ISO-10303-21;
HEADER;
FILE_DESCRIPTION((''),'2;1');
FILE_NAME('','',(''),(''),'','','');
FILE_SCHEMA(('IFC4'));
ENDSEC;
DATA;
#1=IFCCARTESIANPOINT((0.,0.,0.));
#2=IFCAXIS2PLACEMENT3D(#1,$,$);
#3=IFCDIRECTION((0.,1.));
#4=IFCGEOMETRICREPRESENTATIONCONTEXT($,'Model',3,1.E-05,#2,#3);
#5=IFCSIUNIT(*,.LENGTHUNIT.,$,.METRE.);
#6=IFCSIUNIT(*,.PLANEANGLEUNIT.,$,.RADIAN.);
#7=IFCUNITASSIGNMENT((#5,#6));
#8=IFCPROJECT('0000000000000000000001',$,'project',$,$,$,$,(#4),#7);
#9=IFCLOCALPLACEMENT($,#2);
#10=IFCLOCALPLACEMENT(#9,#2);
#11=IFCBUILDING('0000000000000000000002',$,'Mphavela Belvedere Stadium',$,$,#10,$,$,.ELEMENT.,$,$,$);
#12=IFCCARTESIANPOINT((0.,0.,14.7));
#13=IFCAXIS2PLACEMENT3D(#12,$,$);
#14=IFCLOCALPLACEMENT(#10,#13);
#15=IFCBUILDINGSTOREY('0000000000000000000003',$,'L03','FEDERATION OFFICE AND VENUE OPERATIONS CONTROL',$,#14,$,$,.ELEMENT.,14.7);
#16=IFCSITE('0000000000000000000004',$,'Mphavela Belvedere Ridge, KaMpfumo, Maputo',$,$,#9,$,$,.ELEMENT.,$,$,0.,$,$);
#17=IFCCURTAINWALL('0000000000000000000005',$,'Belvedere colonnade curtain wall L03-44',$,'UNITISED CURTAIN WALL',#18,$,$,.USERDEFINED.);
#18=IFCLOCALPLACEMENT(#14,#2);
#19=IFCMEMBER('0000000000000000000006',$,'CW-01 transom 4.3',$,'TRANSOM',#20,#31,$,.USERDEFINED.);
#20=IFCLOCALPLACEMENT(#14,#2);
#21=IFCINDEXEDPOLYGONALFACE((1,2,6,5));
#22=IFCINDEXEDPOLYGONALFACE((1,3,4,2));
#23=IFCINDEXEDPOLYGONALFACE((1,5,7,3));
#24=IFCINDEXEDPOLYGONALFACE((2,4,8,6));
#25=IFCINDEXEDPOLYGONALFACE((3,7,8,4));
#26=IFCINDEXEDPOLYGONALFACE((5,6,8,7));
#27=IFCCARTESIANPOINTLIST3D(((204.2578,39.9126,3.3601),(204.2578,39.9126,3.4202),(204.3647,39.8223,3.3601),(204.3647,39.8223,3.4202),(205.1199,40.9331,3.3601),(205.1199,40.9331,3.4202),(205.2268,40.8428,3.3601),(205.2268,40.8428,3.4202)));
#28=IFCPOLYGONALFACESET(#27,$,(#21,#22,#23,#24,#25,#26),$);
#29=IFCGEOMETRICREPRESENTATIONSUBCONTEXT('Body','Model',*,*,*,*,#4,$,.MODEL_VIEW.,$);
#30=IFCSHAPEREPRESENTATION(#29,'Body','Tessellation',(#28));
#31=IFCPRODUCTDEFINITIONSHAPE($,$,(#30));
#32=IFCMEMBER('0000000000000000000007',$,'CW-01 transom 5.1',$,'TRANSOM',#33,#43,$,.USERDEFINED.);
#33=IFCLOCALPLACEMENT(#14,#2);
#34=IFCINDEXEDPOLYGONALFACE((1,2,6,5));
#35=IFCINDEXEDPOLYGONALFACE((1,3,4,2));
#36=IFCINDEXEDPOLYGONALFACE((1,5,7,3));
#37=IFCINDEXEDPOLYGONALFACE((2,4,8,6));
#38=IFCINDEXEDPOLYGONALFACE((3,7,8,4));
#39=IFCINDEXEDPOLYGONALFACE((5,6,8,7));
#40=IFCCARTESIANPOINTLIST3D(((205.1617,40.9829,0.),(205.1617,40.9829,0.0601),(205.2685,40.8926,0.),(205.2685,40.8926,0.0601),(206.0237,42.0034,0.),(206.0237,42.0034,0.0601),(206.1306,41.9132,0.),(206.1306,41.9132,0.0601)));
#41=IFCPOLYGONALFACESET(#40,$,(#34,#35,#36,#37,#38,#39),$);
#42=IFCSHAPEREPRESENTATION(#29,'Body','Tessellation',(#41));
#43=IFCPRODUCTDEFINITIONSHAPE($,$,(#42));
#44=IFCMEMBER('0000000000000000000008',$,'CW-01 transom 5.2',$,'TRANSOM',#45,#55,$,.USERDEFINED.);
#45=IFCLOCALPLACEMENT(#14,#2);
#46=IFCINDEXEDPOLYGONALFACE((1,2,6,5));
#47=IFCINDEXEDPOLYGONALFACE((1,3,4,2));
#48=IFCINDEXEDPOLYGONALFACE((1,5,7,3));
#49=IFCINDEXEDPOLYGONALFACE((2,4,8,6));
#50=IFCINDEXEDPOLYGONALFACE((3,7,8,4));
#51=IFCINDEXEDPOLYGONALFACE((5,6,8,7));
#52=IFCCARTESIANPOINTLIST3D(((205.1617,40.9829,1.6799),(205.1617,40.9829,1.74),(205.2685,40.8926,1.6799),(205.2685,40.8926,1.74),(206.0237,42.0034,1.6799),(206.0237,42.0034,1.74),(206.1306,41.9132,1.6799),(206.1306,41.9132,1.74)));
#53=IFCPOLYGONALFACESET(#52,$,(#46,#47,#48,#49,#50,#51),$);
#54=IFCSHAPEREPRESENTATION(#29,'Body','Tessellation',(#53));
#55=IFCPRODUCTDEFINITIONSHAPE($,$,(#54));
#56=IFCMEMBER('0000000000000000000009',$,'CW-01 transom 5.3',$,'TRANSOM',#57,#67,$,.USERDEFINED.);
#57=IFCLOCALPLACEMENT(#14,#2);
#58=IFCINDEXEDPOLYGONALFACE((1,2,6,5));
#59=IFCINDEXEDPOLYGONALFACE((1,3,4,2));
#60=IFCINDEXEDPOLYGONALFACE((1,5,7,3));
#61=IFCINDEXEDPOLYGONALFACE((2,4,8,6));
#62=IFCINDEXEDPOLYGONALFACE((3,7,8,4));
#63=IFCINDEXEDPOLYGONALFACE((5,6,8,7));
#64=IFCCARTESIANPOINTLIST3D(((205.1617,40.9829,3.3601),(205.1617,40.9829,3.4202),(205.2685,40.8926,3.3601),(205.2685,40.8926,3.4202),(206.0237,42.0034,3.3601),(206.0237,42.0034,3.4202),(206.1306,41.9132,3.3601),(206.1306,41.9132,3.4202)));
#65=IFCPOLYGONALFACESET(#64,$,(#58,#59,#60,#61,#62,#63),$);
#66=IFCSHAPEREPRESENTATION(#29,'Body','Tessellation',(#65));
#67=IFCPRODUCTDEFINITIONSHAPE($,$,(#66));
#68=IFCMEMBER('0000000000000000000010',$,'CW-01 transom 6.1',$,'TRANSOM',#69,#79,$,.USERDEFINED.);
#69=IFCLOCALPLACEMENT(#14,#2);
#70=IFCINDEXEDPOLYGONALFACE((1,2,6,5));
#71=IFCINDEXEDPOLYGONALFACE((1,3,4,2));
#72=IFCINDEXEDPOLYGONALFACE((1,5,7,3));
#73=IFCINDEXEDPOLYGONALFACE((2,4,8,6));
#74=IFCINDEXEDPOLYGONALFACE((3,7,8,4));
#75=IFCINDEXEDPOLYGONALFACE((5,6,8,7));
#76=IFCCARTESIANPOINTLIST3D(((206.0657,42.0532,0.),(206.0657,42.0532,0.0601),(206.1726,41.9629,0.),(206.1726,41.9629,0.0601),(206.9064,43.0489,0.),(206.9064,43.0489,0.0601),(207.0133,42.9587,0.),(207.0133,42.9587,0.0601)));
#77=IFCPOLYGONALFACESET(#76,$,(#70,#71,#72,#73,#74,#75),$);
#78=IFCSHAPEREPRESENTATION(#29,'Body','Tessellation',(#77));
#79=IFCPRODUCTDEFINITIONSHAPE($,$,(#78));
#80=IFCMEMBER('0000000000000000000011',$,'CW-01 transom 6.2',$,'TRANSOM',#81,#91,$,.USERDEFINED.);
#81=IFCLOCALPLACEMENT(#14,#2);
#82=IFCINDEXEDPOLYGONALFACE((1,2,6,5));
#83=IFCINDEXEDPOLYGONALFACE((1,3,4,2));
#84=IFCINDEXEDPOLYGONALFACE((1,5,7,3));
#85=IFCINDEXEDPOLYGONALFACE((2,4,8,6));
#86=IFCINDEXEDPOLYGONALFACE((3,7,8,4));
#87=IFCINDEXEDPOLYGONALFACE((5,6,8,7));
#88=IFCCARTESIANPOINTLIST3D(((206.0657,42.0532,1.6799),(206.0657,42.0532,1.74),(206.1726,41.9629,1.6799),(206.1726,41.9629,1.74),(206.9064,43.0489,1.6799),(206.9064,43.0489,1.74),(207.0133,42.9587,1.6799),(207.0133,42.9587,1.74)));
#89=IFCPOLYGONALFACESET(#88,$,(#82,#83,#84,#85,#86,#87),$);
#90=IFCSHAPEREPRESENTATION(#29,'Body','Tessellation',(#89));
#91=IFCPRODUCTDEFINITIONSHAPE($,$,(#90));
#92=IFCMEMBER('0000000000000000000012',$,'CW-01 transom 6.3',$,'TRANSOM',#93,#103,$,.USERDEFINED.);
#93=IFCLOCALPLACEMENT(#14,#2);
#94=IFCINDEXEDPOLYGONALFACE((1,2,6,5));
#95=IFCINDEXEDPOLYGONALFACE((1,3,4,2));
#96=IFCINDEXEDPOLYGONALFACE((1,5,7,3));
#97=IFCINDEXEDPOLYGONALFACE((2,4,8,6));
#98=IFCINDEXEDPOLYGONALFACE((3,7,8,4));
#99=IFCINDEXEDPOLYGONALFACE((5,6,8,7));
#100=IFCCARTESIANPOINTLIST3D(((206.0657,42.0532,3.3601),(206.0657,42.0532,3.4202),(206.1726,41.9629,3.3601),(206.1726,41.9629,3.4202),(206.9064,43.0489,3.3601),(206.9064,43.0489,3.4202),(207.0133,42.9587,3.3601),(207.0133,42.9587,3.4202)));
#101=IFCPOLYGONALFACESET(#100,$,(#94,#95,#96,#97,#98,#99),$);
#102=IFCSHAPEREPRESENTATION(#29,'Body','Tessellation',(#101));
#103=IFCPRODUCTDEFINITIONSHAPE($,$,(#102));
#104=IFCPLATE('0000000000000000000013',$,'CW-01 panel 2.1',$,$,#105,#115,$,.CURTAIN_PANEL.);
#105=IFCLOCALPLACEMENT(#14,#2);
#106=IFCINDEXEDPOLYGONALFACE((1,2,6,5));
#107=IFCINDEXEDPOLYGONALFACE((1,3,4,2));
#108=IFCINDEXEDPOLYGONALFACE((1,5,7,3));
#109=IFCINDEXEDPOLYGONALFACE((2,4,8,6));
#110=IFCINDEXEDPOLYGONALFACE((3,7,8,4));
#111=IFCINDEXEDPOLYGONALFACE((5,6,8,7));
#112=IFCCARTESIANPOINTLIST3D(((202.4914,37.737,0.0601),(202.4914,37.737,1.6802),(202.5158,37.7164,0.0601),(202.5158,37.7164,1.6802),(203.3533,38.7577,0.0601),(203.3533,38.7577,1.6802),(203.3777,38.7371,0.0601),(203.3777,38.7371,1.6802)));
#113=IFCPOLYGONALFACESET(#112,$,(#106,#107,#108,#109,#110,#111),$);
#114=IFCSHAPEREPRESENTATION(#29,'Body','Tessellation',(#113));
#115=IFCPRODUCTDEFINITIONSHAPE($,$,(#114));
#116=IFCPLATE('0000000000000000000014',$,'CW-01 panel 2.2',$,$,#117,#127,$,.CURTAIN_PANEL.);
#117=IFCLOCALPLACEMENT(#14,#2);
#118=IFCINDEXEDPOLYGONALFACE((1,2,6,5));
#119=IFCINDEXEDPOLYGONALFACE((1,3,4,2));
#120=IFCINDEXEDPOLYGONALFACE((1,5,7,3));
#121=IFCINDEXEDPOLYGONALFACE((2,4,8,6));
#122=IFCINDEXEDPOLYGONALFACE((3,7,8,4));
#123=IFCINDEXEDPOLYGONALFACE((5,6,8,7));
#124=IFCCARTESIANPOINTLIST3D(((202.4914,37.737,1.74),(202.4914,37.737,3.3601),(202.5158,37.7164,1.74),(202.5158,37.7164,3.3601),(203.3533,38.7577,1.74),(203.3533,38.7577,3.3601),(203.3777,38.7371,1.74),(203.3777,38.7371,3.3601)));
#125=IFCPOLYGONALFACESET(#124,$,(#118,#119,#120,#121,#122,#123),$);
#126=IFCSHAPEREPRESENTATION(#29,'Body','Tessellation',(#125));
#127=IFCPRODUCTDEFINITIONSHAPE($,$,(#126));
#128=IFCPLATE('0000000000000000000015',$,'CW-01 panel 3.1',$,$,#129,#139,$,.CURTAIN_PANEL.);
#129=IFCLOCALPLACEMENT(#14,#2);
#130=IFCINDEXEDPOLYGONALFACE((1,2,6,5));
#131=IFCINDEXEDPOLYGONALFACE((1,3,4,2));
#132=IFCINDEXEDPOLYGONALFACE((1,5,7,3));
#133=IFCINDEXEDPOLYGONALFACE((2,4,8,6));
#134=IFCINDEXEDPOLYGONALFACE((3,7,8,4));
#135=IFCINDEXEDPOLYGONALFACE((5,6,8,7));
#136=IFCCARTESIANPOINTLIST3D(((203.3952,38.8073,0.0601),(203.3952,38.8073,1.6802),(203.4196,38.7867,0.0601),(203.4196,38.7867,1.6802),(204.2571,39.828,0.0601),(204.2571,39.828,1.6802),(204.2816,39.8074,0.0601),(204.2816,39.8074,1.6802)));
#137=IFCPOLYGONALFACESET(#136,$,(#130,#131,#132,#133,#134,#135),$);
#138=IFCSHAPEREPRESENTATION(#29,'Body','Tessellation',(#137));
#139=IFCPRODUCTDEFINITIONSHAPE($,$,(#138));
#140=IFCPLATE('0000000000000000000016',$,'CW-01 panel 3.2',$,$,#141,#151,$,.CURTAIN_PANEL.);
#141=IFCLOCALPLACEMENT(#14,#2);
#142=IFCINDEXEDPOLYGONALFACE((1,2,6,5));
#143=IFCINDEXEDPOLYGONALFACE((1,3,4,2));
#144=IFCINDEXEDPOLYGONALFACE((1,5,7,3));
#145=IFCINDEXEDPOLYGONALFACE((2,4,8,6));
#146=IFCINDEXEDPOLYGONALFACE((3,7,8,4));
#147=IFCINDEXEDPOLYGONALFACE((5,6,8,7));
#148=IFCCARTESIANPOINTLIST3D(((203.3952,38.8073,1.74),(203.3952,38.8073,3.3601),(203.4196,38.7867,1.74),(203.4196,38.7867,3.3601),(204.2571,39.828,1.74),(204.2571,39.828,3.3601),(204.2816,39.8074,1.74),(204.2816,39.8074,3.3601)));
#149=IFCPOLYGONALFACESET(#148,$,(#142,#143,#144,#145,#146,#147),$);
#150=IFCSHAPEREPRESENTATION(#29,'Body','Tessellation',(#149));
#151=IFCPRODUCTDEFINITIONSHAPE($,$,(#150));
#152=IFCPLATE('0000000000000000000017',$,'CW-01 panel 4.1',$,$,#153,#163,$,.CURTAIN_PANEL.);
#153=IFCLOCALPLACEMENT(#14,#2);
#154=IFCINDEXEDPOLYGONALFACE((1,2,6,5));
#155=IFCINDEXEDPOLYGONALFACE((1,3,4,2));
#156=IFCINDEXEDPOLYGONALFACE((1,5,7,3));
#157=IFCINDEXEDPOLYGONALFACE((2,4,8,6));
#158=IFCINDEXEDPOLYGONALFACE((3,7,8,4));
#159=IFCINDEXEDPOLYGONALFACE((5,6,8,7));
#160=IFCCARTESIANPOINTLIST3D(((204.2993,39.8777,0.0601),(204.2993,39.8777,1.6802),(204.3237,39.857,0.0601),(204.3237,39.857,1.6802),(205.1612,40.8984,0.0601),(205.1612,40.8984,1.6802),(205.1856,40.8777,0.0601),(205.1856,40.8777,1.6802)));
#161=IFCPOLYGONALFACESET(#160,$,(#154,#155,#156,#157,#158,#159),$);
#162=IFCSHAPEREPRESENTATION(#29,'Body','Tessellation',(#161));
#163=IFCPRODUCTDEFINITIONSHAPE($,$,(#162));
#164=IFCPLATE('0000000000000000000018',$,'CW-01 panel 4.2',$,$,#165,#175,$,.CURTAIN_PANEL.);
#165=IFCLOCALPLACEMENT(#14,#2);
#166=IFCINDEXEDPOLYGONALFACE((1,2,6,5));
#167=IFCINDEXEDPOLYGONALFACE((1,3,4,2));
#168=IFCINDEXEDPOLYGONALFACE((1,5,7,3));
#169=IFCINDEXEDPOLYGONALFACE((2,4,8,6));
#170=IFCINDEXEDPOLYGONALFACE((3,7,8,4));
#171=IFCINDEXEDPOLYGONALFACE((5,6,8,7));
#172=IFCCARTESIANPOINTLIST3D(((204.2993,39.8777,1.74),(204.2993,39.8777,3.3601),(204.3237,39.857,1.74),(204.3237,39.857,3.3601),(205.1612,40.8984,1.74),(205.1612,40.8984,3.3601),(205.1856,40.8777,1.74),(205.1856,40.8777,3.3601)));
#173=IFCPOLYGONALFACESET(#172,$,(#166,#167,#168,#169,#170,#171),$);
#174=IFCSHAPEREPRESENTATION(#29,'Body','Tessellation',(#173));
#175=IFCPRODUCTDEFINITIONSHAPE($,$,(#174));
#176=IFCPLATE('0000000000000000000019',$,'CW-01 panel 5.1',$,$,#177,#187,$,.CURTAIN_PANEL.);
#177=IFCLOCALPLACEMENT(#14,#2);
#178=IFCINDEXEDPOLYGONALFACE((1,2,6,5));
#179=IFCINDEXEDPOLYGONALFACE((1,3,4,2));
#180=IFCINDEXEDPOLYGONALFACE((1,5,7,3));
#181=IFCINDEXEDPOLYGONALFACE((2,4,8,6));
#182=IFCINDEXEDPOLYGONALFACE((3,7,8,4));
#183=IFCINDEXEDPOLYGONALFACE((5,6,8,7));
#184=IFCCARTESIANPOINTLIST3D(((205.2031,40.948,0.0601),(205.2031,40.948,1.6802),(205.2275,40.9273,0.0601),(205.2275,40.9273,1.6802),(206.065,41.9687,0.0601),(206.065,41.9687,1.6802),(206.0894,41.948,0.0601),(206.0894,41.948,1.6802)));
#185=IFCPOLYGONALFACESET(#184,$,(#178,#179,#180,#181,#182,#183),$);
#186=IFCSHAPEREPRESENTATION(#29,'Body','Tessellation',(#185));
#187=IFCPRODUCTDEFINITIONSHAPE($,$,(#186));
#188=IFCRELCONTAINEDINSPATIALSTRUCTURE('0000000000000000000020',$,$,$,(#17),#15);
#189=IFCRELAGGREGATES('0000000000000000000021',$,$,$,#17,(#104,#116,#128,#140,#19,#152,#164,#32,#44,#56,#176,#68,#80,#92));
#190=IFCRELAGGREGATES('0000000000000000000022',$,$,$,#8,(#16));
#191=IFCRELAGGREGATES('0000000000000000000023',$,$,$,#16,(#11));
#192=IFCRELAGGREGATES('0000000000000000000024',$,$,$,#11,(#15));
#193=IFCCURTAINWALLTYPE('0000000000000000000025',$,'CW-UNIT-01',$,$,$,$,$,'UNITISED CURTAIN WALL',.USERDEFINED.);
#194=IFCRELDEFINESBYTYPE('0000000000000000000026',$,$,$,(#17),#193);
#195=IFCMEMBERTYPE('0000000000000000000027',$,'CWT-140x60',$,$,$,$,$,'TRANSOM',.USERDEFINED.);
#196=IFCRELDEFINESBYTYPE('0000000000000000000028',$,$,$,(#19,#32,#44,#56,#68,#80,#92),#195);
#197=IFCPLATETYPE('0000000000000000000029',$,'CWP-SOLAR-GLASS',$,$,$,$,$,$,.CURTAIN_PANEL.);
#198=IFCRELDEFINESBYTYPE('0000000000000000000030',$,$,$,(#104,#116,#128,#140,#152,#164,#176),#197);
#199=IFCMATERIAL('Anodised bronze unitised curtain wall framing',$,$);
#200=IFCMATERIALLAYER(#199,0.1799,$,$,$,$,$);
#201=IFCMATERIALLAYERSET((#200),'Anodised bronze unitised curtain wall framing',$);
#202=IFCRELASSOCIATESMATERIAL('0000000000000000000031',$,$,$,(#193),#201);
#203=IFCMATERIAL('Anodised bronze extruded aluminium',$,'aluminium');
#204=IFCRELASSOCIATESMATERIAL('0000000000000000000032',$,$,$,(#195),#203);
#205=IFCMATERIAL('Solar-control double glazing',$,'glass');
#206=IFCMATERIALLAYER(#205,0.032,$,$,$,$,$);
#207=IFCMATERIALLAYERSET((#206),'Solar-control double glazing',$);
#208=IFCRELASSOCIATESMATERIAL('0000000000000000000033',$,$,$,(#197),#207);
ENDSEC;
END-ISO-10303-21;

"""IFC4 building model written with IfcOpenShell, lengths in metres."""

from ifc_helpers import new_model, si_unit, direction, frame, origin, origin_2d, place, context, subcontext, project, spatial, rectangle, extrude, material, layer, layer_set, material_profile, profile_set, type_object, element, aggregate, save


model = new_model("IFC4")

# Units and contexts
model_context = context("Model", 3, precision=1e-05, world=origin(), true_north=direction((0.0, 1.0)))
body_context = subcontext(model_context, "Body", "Model", "MODEL_VIEW")
ifc_project = project(units=[si_unit("LENGTHUNIT", "METRE"), si_unit("PLANEANGLEUNIT", "RADIAN")], contexts=[model_context])

# Site, building, storey
site_placement = place(None, origin())
site = spatial("IfcSite", under=ifc_project, at=site_placement, Name="Mphavela Belvedere Ridge, KaMpfumo, Maputo", CompositionType="ELEMENT", RefElevation=0.0)
building_placement = place(site_placement, origin())
building = spatial("IfcBuilding", under=site, at=building_placement, Name="Mphavela Belvedere Stadium", CompositionType="ELEMENT")
storey_placement = place(building_placement, frame((0.0, 0.0, 14.7)))
storey = spatial("IfcBuildingStorey", under=building, at=storey_placement, Name="L03", Description="FEDERATION OFFICE AND VENUE OPERATIONS CONTROL", CompositionType="ELEMENT", Elevation=14.7)

# Curtain wall, members, plates
ifc_material_1 = material(Name="Anodised bronze unitised curtain wall framing")
ifc_layer_1 = layer(ifc_material_1, 0.1799)
ifc_layer_set_1 = layer_set([ifc_layer_1], Name="Anodised bronze unitised curtain wall framing")
curtain_wall_type = type_object("IfcCurtainWallType", Name="CW-UNIT-01", ElementType="UNITISED CURTAIN WALL", PredefinedType="USERDEFINED", material=ifc_layer_set_1)
curtain_wall_placement = place(storey_placement, origin())
curtain_wall = element("IfcCurtainWall", 1, at=curtain_wall_placement, inside=storey, type_object=curtain_wall_type, Name="Belvedere colonnade curtain wall L03-44", ObjectType="UNITISED CURTAIN WALL", PredefinedType="USERDEFINED")
ifc_material_2 = material(Name="Anodised bronze extruded aluminium", Category="aluminium")
ifc_material_profile_1 = material_profile(ifc_material_2, rectangle(XDim=0.1399, YDim=0.0601, at=origin_2d()), Name="CW-TRN 140x60")
ifc_profile_set_1 = profile_set([ifc_material_profile_1], Name="Anodised bronze extruded aluminium")
member_type_1 = type_object("IfcMemberType", Name="CWT-140x60", ElementType="TRANSOM", PredefinedType="USERDEFINED", material=ifc_profile_set_1)
member_1_placement = place(storey_placement, frame((204.3113, 39.8674, 3.3901), z_axis=(0.645311, 0.76392, 0.0), x_axis=(-0.76392, 0.645311, 0.0)))
member_1 = element("IfcMember", 2, at=member_1_placement, type_object=member_type_1, Name="CW-01 transom 4.3", ObjectType="TRANSOM", PredefinedType="USERDEFINED", context=body_context, shape_type="SweptSolid", body=[
    extrude(rectangle(XDim=0.1399, YDim=0.0601, at=origin_2d()), origin(), (0.0, 0.0, 1.0), 1.3359),
])
member_2_placement = place(storey_placement, frame((205.2151, 40.9377, 0.03), z_axis=(0.645311, 0.76392, 0.0), x_axis=(-0.76392, 0.645311, 0.0)))
member_2 = element("IfcMember", 3, at=member_2_placement, type_object=member_type_1, Name="CW-01 transom 5.1", ObjectType="TRANSOM", PredefinedType="USERDEFINED", context=body_context, shape_type="SweptSolid", body=[
    extrude(rectangle(XDim=0.1399, YDim=0.0601, at=origin_2d()), origin(), (0.0, 0.0, 1.0), 1.3359),
])
member_3_placement = place(storey_placement, frame((205.2151, 40.9377, 1.71), z_axis=(0.645311, 0.76392, 0.0), x_axis=(-0.76392, 0.645311, 0.0)))
member_3 = element("IfcMember", 4, at=member_3_placement, type_object=member_type_1, Name="CW-01 transom 5.2", ObjectType="TRANSOM", PredefinedType="USERDEFINED", context=body_context, shape_type="SweptSolid", body=[
    extrude(rectangle(XDim=0.1399, YDim=0.0601, at=origin_2d()), origin(), (0.0, 0.0, 1.0), 1.3359),
])
member_4_placement = place(storey_placement, frame((205.2151, 40.9377, 3.3901), z_axis=(0.645311, 0.76392, 0.0), x_axis=(-0.76392, 0.645311, 0.0)))
member_4 = element("IfcMember", 5, at=member_4_placement, type_object=member_type_1, Name="CW-01 transom 5.3", ObjectType="TRANSOM", PredefinedType="USERDEFINED", context=body_context, shape_type="SweptSolid", body=[
    extrude(rectangle(XDim=0.1399, YDim=0.0601, at=origin_2d()), origin(), (0.0, 0.0, 1.0), 1.3359),
])
member_5_placement = place(storey_placement, frame((206.1191, 42.0081, 0.03), z_axis=(0.645127, 0.764075, 0.0), x_axis=(-0.764075, 0.645127, 0.0)))
member_5 = element("IfcMember", 6, at=member_5_placement, type_object=member_type_1, Name="CW-01 transom 6.1", ObjectType="TRANSOM", PredefinedType="USERDEFINED", context=body_context, shape_type="SweptSolid", body=[
    extrude(rectangle(XDim=0.1399, YDim=0.0601, at=origin_2d()), origin(), (0.0, 0.0, 1.0), 1.3032),
])
member_6_placement = place(storey_placement, frame((206.1191, 42.0081, 1.71), z_axis=(0.645127, 0.764075, 0.0), x_axis=(-0.764075, 0.645127, 0.0)))
member_6 = element("IfcMember", 7, at=member_6_placement, type_object=member_type_1, Name="CW-01 transom 6.2", ObjectType="TRANSOM", PredefinedType="USERDEFINED", context=body_context, shape_type="SweptSolid", body=[
    extrude(rectangle(XDim=0.1399, YDim=0.0601, at=origin_2d()), origin(), (0.0, 0.0, 1.0), 1.3032),
])
member_7_placement = place(storey_placement, frame((206.1191, 42.0081, 3.3901), z_axis=(0.645127, 0.764075, 0.0), x_axis=(-0.764075, 0.645127, 0.0)))
member_7 = element("IfcMember", 8, at=member_7_placement, type_object=member_type_1, Name="CW-01 transom 6.3", ObjectType="TRANSOM", PredefinedType="USERDEFINED", context=body_context, shape_type="SweptSolid", body=[
    extrude(rectangle(XDim=0.1399, YDim=0.0601, at=origin_2d()), origin(), (0.0, 0.0, 1.0), 1.3032),
])
ifc_material_3 = material(Name="Solar-control double glazing", Category="glass")
ifc_layer_2 = layer(ifc_material_3, 0.032)
ifc_layer_set_2 = layer_set([ifc_layer_2], Name="Solar-control double glazing")
plate_type = type_object("IfcPlateType", Name="CWP-SOLAR-GLASS", PredefinedType="CURTAIN_PANEL", material=ifc_layer_set_2)
plate_1_placement = place(storey_placement, frame((202.9346, 38.2371, 0.0601), z_axis=(0.0, 0.0, 1.0), x_axis=(0.645179, 0.764031, 0.0)))
plate_1 = element("IfcPlate", 9, at=plate_1_placement, type_object=plate_type, Name="CW-01 panel 2.1", PredefinedType="CURTAIN_PANEL", context=body_context, shape_type="SweptSolid", body=[
    extrude(rectangle(XDim=1.3359, YDim=0.032, at=origin_2d()), origin(), (0.0, 0.0, 1.0), 1.6201),
])
plate_2_placement = place(storey_placement, frame((202.9346, 38.2371, 1.74), z_axis=(0.0, 0.0, 1.0), x_axis=(0.645179, 0.764031, 0.0)))
plate_2 = element("IfcPlate", 10, at=plate_2_placement, type_object=plate_type, Name="CW-01 panel 2.2", PredefinedType="CURTAIN_PANEL", context=body_context, shape_type="SweptSolid", body=[
    extrude(rectangle(XDim=1.3359, YDim=0.032, at=origin_2d()), origin(), (0.0, 0.0, 1.0), 1.6201),
])
plate_3_placement = place(storey_placement, frame((203.8384, 39.3074, 0.0601), z_axis=(0.0, 0.0, 1.0), x_axis=(0.645179, 0.764031, 0.0)))
plate_3 = element("IfcPlate", 11, at=plate_3_placement, type_object=plate_type, Name="CW-01 panel 3.1", PredefinedType="CURTAIN_PANEL", context=body_context, shape_type="SweptSolid", body=[
    extrude(rectangle(XDim=1.3359, YDim=0.032, at=origin_2d()), origin(), (0.0, 0.0, 1.0), 1.6201),
])
plate_4_placement = place(storey_placement, frame((203.8384, 39.3074, 1.74), z_axis=(0.0, 0.0, 1.0), x_axis=(0.645179, 0.764031, 0.0)))
plate_4 = element("IfcPlate", 12, at=plate_4_placement, type_object=plate_type, Name="CW-01 panel 3.2", PredefinedType="CURTAIN_PANEL", context=body_context, shape_type="SweptSolid", body=[
    extrude(rectangle(XDim=1.3359, YDim=0.032, at=origin_2d()), origin(), (0.0, 0.0, 1.0), 1.6201),
])
plate_5_placement = place(storey_placement, frame((204.7424, 40.3777, 0.0601), z_axis=(0.0, 0.0, 1.0), x_axis=(0.645179, 0.764031, 0.0)))
plate_5 = element("IfcPlate", 13, at=plate_5_placement, type_object=plate_type, Name="CW-01 panel 4.1", PredefinedType="CURTAIN_PANEL", context=body_context, shape_type="SweptSolid", body=[
    extrude(rectangle(XDim=1.3359, YDim=0.032, at=origin_2d()), origin(), (0.0, 0.0, 1.0), 1.6201),
])
plate_6_placement = place(storey_placement, frame((204.7424, 40.3777, 1.74), z_axis=(0.0, 0.0, 1.0), x_axis=(0.645179, 0.764031, 0.0)))
plate_6 = element("IfcPlate", 14, at=plate_6_placement, type_object=plate_type, Name="CW-01 panel 4.2", PredefinedType="CURTAIN_PANEL", context=body_context, shape_type="SweptSolid", body=[
    extrude(rectangle(XDim=1.3359, YDim=0.032, at=origin_2d()), origin(), (0.0, 0.0, 1.0), 1.6201),
])
plate_7_placement = place(storey_placement, frame((205.6462, 41.448, 0.0601), z_axis=(0.0, 0.0, 1.0), x_axis=(0.645179, 0.764031, 0.0)))
plate_7 = element("IfcPlate", 15, at=plate_7_placement, type_object=plate_type, Name="CW-01 panel 5.1", PredefinedType="CURTAIN_PANEL", context=body_context, shape_type="SweptSolid", body=[
    extrude(rectangle(XDim=1.3359, YDim=0.032, at=origin_2d()), origin(), (0.0, 0.0, 1.0), 1.6201),
])
aggregate(curtain_wall, [plate_1, plate_2, plate_3, plate_4, member_1, plate_5, plate_6, member_2, member_3, member_4, plate_7, member_5, member_6, member_7])

save(model, "model.ifc")
